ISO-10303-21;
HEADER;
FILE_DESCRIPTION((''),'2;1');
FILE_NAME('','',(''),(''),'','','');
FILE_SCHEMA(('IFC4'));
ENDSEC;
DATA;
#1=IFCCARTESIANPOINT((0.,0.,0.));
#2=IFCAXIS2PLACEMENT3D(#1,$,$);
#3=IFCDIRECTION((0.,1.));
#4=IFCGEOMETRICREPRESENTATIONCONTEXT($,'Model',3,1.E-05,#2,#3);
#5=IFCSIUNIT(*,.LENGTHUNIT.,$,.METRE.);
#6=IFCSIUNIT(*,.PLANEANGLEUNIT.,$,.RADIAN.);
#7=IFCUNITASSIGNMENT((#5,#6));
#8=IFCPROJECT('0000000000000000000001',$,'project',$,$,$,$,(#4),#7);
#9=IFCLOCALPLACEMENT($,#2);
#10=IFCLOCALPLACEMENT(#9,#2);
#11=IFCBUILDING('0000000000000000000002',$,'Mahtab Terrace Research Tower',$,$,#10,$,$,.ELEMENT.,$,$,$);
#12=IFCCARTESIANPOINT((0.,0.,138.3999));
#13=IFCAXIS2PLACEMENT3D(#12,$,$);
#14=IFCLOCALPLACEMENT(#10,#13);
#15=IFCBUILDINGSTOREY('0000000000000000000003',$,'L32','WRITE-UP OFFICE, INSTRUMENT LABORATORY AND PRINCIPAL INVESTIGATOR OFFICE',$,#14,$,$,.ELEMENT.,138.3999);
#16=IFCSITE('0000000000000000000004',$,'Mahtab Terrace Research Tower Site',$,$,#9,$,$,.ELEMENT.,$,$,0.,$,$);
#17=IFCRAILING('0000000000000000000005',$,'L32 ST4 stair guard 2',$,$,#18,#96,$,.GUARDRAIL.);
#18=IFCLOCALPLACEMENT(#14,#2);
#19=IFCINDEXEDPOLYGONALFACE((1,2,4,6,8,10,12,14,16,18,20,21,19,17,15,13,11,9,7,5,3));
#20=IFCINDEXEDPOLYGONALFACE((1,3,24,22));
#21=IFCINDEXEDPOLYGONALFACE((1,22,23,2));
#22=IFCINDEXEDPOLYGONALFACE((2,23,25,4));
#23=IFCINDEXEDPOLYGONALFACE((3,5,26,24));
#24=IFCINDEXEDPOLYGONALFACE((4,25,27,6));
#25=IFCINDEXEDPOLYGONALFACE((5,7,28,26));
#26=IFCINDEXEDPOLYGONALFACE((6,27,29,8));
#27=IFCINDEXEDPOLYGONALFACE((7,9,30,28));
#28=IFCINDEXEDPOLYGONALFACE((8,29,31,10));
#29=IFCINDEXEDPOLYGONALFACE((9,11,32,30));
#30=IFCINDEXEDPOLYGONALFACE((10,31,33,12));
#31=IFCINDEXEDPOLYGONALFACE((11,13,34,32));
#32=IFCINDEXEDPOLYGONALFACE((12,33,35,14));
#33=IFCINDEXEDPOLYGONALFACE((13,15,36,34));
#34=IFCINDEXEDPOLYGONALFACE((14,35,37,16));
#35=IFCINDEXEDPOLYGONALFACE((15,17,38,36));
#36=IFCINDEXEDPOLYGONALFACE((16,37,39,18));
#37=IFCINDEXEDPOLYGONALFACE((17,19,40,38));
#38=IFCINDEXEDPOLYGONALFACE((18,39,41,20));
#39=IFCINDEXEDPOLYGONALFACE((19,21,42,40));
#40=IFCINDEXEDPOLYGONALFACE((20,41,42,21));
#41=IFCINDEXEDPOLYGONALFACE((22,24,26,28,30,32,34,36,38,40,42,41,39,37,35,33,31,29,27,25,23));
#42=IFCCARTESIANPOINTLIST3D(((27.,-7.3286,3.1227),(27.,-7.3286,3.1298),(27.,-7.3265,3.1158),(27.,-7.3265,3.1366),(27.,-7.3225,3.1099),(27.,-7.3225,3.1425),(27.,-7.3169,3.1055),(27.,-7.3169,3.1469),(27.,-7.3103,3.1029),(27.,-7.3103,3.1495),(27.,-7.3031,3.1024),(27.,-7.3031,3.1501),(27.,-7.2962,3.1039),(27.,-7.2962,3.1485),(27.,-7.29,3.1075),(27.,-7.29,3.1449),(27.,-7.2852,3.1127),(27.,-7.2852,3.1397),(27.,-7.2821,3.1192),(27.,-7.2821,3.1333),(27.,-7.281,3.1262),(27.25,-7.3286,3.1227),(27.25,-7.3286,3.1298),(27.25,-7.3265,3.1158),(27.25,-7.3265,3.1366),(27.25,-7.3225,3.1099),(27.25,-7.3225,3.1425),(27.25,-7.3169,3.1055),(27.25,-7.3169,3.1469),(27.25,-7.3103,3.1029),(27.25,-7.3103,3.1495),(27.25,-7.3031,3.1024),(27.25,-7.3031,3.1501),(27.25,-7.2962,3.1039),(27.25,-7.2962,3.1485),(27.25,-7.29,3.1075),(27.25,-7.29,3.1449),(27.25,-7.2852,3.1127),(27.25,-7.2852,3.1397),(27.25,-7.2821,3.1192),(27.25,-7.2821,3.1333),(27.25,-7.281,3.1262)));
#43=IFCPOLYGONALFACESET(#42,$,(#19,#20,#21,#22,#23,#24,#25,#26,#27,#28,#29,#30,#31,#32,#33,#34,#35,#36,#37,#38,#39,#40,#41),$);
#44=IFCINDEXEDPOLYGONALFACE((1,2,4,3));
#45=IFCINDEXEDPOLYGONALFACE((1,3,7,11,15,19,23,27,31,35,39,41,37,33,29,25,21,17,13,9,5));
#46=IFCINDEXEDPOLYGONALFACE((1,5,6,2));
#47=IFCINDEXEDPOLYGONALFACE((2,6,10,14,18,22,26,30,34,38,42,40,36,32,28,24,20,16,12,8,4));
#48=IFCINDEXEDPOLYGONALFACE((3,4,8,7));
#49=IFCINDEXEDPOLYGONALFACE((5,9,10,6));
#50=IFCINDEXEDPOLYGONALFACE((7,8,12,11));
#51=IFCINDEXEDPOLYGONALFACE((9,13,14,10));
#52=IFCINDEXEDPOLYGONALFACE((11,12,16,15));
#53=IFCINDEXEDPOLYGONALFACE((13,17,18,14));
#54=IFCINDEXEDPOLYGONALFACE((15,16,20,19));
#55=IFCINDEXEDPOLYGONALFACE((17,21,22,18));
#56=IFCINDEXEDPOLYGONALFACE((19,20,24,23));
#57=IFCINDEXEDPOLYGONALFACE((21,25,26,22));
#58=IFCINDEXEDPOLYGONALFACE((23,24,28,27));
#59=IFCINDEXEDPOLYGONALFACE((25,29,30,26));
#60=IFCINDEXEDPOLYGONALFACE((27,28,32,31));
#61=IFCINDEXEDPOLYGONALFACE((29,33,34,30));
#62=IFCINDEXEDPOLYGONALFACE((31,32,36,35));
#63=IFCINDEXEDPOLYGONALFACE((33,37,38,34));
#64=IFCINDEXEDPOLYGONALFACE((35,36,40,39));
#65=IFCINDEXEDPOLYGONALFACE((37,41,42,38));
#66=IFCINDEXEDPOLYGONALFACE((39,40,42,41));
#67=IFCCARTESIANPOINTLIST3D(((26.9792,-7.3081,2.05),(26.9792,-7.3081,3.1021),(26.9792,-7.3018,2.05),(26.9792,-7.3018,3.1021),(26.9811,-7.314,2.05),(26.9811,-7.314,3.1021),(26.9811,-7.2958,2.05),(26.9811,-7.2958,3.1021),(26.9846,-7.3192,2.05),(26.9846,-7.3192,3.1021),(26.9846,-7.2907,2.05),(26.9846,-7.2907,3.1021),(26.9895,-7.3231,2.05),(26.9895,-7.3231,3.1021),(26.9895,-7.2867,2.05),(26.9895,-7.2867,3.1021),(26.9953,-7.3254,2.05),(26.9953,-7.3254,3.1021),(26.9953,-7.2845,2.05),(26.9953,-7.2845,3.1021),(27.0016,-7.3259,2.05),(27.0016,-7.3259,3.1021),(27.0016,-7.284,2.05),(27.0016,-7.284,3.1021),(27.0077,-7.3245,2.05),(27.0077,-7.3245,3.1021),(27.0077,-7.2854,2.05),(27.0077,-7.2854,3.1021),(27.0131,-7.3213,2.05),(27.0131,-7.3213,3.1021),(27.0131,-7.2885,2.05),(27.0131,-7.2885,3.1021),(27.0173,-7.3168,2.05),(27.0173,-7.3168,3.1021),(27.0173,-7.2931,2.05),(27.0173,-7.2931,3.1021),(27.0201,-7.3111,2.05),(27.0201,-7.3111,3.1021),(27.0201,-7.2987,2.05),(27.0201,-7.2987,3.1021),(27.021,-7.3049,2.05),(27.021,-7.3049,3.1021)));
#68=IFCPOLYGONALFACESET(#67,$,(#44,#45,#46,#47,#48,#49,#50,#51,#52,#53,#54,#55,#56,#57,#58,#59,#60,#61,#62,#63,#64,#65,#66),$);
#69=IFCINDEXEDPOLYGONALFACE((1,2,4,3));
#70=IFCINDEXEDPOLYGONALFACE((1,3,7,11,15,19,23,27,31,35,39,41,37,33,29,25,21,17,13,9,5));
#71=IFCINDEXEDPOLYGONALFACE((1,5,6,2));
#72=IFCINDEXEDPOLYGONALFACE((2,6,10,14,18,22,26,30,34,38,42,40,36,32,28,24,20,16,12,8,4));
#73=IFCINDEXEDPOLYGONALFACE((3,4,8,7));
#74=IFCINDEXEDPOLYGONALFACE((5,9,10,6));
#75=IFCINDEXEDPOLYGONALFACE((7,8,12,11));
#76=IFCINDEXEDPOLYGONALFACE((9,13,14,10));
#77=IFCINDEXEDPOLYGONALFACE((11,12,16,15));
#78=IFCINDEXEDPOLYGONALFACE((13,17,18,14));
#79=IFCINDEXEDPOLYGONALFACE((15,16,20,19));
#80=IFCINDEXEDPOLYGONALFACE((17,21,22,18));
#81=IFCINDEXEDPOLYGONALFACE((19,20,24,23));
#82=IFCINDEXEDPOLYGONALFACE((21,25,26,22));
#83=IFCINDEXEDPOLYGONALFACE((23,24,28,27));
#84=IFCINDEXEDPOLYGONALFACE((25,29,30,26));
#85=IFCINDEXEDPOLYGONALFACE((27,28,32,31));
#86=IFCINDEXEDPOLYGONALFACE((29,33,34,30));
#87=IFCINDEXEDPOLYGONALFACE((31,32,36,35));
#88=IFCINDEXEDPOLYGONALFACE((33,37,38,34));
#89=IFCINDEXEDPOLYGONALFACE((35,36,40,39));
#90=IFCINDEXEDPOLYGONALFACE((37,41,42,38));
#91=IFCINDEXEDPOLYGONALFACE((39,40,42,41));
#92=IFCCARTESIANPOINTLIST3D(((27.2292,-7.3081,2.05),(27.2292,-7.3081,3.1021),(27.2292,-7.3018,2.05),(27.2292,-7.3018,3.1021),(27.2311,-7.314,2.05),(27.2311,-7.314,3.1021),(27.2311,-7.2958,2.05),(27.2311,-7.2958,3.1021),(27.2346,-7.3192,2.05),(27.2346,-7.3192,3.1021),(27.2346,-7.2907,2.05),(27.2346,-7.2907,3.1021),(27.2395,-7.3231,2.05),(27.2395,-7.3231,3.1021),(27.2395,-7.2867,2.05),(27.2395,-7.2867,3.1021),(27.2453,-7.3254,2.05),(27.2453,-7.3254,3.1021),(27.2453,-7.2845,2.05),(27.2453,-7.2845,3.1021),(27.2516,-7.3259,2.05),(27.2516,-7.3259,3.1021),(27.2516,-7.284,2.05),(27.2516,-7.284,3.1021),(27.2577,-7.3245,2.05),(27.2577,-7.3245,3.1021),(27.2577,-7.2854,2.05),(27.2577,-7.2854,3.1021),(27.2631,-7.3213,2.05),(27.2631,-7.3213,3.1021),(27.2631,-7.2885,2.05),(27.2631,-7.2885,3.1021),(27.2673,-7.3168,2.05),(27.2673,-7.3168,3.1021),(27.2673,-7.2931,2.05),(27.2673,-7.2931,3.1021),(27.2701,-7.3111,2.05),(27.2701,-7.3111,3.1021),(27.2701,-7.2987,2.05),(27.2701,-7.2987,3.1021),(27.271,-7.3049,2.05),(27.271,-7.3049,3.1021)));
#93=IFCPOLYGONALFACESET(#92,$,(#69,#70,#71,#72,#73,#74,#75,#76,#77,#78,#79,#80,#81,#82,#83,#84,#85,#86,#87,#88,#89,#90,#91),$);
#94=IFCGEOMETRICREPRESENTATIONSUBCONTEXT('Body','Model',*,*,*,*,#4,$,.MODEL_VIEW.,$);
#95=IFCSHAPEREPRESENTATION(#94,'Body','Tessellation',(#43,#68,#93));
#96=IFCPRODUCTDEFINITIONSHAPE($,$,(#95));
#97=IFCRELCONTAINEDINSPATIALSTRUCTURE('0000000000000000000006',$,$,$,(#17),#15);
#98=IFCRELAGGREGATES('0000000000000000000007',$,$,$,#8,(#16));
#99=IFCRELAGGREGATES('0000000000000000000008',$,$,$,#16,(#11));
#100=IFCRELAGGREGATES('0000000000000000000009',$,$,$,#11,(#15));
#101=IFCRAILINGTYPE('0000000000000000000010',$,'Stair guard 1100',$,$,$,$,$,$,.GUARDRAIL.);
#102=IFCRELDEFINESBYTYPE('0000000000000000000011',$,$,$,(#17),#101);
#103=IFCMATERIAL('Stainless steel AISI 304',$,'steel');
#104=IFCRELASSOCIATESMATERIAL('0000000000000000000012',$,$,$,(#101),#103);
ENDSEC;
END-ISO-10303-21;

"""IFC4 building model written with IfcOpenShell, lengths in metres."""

from ifc_helpers import new_model, si_unit, direction, frame, origin, origin_2d, place, context, subcontext, project, spatial, circle, extrude, material, type_object, element, save


model = new_model("IFC4")

# Units and contexts
model_context = context("Model", 3, precision=1e-05, world=origin(), true_north=direction((0.0, 1.0)))
body_context = subcontext(model_context, "Body", "Model", "MODEL_VIEW")
ifc_project = project(units=[si_unit("LENGTHUNIT", "METRE"), si_unit("PLANEANGLEUNIT", "RADIAN")], contexts=[model_context])

# Site, building, storey
site_placement = place(None, origin())
site = spatial("IfcSite", under=ifc_project, at=site_placement, Name="Mahtab Terrace Research Tower Site", CompositionType="ELEMENT", RefElevation=0.0)
building_placement = place(site_placement, origin())
building = spatial("IfcBuilding", under=site, at=building_placement, Name="Mahtab Terrace Research Tower", CompositionType="ELEMENT")
storey_placement = place(building_placement, frame((0.0, 0.0, 138.3999)))
storey = spatial("IfcBuildingStorey", under=building, at=storey_placement, Name="L32", Description="WRITE-UP OFFICE, INSTRUMENT LABORATORY AND PRINCIPAL INVESTIGATOR OFFICE", CompositionType="ELEMENT", Elevation=138.3999)

# Railing
ifc_material_1 = material(Name="Stainless steel AISI 304", Category="steel")
railing_type_1 = type_object("IfcRailingType", Name="Stair guard 1100", PredefinedType="GUARDRAIL", material=ifc_material_1)
railing_1_placement = place(storey_placement, frame((27.0, -7.3049, 2.05)))
element("IfcRailing", 1, at=railing_1_placement, inside=storey, type_object=railing_type_1, Name="L32 ST4 stair guard 2", PredefinedType="GUARDRAIL", context=body_context, shape_type="SweptSolid", body=[
    extrude(circle(Radius=0.0239, at=origin_2d()), frame((0.0, 0.0, 1.0762), z_axis=(1.0, 0.0, 0.0), x_axis=(0.0, 1.0, 0.0)), (0.0, 0.0, 1.0), 0.25),
    extrude(circle(Radius=0.021, at=origin_2d()), origin(), (0.0, 0.0, 1.0), 1.052),
    extrude(circle(Radius=0.021, at=origin_2d()), frame((0.25, 0.0, 0.0)), (0.0, 0.0, 1.0), 1.052),
])

save(model, "model.ifc")
